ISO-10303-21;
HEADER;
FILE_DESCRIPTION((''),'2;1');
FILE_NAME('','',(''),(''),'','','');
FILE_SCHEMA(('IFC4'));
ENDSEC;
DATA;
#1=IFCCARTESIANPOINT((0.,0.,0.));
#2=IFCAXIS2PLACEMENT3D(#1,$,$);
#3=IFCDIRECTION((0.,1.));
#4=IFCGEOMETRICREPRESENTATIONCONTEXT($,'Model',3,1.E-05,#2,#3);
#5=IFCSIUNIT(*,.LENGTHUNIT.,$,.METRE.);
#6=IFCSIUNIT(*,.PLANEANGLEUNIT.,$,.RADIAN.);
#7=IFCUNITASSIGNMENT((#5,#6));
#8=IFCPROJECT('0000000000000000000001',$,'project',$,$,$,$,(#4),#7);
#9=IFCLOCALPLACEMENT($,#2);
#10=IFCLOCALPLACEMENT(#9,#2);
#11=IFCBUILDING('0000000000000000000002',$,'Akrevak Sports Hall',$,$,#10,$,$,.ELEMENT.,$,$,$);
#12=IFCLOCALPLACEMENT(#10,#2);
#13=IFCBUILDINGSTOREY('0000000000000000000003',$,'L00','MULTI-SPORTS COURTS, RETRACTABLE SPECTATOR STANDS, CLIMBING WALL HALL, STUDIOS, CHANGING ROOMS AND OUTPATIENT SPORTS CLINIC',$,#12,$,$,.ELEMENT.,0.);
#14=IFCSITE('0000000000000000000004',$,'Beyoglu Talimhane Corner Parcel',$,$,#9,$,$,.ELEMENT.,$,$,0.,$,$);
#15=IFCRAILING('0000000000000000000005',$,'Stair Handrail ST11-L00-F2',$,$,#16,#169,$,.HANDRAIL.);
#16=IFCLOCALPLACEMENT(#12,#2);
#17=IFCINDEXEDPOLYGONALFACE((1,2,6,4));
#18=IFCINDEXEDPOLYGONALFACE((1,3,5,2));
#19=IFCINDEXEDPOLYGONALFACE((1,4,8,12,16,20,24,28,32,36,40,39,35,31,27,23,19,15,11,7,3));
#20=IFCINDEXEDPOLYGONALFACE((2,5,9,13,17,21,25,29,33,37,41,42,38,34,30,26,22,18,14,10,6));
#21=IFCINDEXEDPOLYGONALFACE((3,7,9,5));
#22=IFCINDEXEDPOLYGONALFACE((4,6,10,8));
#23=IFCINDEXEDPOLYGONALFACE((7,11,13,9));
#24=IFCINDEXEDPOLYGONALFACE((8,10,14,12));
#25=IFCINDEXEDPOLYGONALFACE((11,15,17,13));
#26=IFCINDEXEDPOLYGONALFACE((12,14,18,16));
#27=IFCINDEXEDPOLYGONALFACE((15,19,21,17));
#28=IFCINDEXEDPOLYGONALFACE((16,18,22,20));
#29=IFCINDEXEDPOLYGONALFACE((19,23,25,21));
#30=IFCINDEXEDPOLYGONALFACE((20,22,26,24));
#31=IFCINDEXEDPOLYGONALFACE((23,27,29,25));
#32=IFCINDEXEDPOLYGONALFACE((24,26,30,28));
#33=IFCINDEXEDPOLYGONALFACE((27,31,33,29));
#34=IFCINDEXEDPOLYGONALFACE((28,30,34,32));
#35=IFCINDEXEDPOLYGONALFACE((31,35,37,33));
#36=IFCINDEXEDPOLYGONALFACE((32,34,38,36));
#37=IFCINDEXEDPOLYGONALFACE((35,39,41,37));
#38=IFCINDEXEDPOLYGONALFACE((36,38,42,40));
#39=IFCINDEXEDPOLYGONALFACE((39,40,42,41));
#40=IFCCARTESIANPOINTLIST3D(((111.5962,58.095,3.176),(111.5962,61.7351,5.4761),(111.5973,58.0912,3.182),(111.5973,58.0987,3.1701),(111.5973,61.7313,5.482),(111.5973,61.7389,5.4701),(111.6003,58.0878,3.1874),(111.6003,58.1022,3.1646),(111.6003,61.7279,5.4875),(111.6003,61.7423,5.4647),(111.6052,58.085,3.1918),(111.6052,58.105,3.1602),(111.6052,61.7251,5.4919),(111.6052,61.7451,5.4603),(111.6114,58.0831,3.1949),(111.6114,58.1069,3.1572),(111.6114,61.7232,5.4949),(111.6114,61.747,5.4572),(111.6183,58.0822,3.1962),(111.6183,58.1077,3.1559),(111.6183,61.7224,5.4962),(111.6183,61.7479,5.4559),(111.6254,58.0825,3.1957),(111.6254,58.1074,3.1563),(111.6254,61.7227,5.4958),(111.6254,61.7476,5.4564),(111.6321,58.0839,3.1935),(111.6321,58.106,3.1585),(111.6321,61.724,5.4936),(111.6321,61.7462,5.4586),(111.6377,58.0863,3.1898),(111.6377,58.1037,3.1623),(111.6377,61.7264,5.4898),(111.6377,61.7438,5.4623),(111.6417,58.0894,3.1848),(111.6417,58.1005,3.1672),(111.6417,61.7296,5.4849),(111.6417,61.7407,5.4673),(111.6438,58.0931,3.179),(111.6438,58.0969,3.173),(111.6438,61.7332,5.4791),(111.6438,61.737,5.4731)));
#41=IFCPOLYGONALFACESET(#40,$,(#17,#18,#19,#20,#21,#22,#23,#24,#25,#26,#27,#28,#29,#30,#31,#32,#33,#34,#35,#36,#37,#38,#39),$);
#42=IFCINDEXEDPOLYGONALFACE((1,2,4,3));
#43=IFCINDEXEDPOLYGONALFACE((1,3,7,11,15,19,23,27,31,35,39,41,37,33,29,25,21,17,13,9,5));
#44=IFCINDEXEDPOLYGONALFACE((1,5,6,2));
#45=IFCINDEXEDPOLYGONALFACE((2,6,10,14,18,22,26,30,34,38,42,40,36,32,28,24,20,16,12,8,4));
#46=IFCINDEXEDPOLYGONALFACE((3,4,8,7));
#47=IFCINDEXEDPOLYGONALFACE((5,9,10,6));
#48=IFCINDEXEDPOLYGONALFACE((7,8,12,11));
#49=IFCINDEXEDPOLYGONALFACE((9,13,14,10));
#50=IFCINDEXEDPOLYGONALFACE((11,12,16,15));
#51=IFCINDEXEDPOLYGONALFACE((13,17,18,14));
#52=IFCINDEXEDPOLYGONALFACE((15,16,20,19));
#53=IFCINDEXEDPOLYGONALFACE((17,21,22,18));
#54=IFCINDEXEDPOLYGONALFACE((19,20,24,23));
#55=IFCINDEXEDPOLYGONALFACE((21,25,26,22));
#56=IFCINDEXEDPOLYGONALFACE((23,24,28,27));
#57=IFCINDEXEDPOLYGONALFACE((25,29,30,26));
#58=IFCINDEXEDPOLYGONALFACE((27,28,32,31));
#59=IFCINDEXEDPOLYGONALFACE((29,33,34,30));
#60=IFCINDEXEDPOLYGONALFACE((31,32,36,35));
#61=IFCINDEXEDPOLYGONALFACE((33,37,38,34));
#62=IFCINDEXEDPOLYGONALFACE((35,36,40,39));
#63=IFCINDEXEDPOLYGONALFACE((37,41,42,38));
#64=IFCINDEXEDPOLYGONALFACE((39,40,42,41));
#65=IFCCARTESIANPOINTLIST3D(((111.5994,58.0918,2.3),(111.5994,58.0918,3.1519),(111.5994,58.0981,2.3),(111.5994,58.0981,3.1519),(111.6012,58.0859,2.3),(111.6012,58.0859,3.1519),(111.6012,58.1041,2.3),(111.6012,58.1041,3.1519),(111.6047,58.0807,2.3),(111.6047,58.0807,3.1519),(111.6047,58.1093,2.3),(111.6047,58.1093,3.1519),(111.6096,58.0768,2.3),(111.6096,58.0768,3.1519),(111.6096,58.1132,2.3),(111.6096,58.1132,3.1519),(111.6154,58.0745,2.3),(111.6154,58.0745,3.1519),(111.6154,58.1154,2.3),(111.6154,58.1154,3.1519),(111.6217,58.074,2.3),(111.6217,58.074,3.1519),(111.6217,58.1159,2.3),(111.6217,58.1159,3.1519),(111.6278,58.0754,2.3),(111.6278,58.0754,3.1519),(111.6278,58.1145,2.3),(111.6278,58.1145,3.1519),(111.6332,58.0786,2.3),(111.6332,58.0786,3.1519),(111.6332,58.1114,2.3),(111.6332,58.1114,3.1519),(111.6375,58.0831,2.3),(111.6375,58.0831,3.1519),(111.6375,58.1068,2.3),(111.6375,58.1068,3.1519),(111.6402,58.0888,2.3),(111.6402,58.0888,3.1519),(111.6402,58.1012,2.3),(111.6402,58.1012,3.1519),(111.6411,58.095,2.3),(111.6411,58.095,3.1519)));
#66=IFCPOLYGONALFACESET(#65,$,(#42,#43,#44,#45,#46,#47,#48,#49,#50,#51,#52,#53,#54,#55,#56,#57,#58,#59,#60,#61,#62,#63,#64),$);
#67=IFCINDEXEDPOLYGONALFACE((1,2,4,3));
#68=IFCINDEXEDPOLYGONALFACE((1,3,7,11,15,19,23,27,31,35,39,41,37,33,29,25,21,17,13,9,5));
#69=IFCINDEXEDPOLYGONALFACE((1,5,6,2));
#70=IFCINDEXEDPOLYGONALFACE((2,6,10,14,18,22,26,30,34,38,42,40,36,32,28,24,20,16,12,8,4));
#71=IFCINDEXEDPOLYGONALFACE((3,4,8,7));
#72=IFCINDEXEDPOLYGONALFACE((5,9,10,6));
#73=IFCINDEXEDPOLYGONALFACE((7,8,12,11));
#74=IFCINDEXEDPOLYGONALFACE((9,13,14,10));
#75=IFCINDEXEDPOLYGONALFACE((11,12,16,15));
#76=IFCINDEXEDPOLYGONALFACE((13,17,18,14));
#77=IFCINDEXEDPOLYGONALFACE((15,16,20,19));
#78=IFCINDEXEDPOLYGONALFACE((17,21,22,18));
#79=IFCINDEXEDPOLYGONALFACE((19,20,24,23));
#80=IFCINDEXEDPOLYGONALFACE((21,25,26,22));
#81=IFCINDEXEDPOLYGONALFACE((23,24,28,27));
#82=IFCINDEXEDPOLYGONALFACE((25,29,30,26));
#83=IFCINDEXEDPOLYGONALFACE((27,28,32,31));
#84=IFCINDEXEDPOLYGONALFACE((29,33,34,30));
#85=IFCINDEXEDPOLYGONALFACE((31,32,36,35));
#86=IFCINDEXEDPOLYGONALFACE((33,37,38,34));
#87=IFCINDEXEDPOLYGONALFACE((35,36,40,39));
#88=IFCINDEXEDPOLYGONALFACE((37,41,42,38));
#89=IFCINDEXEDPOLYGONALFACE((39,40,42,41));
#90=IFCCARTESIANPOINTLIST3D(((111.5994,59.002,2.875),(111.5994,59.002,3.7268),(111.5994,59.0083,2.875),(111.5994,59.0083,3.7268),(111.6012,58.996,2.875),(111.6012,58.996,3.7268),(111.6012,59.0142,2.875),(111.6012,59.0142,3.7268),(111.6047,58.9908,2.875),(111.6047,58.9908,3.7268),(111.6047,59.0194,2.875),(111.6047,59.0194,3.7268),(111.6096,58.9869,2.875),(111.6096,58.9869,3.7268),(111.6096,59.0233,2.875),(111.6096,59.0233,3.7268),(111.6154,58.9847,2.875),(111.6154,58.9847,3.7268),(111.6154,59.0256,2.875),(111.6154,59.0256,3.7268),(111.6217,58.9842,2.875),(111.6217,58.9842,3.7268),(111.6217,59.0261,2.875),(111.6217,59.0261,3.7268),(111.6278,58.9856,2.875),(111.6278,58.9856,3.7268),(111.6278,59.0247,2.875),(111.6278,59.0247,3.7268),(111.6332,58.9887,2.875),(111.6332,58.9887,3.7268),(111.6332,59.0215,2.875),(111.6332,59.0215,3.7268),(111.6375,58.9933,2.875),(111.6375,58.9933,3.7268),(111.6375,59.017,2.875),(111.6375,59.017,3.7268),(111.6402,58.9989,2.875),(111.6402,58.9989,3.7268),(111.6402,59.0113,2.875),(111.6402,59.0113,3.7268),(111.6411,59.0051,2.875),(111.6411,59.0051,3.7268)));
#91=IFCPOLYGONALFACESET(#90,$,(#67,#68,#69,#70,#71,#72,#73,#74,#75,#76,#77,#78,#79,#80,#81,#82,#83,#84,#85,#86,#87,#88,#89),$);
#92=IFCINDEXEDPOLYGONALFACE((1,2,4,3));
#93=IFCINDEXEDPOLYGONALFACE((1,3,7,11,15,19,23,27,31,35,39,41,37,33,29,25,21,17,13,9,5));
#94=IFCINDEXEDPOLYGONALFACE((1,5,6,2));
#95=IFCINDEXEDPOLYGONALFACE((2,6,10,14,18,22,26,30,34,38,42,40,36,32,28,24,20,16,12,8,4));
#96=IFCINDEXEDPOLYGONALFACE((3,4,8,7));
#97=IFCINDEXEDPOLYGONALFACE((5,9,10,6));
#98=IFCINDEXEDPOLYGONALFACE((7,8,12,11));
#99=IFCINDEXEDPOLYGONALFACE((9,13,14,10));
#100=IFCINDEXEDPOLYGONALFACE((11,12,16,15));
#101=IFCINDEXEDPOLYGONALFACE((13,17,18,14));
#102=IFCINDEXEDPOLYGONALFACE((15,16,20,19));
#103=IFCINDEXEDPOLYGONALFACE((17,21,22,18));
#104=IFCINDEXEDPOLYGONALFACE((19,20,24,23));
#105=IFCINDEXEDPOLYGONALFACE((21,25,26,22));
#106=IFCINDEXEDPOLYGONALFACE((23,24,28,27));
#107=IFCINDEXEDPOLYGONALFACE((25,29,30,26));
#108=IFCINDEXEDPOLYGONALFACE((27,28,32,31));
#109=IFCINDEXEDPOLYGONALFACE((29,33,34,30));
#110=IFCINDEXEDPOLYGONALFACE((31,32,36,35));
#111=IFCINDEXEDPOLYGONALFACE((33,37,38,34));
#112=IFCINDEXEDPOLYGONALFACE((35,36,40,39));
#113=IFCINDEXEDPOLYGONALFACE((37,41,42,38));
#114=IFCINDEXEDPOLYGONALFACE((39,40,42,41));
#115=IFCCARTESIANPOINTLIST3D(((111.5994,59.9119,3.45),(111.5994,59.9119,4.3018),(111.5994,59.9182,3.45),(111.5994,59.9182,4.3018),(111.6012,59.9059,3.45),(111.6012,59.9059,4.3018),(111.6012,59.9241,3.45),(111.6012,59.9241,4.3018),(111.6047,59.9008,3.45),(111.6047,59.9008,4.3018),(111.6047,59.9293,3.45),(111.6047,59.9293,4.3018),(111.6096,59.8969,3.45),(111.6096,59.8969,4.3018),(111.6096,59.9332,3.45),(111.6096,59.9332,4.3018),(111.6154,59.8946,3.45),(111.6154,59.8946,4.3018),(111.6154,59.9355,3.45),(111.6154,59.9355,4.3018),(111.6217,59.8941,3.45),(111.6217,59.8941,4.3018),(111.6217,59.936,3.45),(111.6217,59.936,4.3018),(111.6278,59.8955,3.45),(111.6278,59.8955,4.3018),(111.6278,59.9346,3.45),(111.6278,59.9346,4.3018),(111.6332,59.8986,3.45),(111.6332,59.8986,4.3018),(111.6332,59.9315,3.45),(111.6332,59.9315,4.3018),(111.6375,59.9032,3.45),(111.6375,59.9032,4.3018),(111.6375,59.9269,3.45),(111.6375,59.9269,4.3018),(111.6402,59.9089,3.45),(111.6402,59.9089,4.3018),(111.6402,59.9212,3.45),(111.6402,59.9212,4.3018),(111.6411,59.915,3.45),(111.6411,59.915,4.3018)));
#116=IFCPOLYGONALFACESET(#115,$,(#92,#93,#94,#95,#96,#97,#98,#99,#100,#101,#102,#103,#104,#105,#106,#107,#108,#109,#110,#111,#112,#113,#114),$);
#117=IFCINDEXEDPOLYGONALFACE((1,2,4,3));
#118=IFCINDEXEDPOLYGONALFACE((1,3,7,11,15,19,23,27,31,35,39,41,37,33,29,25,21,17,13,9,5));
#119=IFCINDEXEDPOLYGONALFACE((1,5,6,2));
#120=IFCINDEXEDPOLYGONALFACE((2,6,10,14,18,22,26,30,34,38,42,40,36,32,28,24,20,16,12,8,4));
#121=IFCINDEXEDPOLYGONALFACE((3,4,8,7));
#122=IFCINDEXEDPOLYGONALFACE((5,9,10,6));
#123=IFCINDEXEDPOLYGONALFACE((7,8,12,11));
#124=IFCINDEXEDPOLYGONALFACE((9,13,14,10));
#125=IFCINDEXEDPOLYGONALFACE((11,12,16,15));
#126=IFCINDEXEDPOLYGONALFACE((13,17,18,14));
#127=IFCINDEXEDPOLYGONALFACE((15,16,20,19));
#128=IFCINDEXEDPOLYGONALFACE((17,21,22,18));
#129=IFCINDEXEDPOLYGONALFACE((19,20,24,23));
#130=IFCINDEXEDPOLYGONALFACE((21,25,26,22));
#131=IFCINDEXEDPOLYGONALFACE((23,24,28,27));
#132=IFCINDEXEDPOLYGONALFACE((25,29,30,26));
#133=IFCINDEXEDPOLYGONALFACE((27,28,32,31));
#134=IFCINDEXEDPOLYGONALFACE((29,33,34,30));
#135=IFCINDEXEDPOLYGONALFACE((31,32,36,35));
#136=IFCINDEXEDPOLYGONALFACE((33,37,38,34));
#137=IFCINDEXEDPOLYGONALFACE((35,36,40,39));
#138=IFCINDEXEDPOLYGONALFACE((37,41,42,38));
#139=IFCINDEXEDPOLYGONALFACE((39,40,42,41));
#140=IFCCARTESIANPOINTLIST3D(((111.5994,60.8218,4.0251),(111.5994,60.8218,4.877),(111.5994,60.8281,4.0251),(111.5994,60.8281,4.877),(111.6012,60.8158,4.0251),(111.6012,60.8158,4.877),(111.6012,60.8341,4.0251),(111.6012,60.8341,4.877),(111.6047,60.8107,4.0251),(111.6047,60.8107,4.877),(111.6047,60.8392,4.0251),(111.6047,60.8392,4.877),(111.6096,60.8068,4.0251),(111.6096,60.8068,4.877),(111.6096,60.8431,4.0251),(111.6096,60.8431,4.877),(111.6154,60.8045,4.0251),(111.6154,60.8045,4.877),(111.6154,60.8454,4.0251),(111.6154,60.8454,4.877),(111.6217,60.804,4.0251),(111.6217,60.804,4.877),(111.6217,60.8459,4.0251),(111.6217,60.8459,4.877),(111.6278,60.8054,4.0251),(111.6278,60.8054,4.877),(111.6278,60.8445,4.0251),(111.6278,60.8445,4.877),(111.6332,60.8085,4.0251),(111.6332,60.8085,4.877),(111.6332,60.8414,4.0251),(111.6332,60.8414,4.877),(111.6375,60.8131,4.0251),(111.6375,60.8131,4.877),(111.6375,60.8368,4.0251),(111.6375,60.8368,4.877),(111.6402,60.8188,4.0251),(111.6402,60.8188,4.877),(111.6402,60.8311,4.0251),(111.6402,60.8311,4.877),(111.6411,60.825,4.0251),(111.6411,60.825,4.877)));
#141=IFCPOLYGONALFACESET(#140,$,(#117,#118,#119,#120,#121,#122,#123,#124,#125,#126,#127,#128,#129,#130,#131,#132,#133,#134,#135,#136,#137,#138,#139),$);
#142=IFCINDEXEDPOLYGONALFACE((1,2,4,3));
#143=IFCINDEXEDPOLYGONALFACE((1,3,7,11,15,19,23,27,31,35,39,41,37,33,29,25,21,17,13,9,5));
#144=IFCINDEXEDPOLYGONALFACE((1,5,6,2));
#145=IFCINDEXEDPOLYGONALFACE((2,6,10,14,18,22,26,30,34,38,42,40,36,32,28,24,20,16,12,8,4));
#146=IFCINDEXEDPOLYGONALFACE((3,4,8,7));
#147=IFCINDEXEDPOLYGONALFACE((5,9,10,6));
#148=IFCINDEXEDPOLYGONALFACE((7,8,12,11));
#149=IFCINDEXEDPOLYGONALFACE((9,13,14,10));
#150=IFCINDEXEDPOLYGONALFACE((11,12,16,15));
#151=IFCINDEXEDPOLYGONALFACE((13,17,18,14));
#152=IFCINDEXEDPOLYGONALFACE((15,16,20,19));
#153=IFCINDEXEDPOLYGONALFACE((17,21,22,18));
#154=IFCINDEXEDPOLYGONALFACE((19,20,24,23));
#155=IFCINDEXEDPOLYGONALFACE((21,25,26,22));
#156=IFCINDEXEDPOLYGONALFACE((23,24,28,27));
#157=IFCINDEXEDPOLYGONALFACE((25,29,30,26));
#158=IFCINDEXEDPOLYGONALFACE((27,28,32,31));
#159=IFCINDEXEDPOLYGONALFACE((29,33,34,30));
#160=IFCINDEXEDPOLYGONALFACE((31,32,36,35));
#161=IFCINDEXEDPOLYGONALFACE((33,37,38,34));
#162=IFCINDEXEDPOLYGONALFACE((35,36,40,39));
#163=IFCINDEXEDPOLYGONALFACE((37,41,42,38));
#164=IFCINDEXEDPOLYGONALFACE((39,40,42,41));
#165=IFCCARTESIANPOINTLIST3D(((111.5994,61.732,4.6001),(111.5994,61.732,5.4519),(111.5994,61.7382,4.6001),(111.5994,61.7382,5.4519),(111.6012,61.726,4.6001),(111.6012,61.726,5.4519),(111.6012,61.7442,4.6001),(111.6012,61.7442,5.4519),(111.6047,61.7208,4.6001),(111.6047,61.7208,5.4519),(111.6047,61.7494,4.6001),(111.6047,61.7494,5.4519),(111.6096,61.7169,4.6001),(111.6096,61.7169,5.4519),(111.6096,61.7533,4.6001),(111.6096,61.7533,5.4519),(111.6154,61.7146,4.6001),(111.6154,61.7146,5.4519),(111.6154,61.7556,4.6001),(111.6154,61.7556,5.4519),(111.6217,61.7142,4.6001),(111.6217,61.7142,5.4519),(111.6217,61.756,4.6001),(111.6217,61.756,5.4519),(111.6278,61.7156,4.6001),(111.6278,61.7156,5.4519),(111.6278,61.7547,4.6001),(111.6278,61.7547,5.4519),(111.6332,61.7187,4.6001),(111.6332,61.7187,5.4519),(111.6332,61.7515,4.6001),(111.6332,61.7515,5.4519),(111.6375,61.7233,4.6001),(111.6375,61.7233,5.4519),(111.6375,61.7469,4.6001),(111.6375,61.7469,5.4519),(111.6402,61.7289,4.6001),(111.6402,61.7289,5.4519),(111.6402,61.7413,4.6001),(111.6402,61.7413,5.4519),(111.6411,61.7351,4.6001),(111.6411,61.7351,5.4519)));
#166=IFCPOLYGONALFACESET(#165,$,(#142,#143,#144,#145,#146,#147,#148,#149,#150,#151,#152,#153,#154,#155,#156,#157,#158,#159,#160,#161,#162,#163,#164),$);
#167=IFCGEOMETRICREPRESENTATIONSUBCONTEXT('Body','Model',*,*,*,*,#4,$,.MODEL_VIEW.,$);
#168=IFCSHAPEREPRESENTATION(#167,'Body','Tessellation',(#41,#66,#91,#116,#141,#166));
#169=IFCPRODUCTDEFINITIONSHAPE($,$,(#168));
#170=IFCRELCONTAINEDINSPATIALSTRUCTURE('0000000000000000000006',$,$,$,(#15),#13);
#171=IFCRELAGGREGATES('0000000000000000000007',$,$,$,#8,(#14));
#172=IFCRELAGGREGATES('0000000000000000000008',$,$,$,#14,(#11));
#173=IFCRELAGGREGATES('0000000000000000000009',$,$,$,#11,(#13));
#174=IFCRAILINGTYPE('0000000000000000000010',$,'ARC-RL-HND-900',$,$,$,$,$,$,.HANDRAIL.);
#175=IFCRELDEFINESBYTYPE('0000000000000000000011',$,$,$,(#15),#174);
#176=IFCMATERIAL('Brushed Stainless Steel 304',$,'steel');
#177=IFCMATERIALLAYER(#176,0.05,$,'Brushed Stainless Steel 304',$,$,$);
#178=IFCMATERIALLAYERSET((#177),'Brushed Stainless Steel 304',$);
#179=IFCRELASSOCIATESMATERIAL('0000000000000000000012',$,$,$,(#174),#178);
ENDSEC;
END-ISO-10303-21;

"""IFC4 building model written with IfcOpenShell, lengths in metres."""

from ifc_helpers import new_model, si_unit, direction, frame, origin, origin_2d, place, context, subcontext, project, spatial, circle, extrude, material, layer, layer_set, type_object, element, save


model = new_model("IFC4")

# Units and contexts
model_context = context("Model", 3, precision=1e-05, world=origin(), true_north=direction((0.0, 1.0)))
body_context = subcontext(model_context, "Body", "Model", "MODEL_VIEW")
ifc_project = project(units=[si_unit("LENGTHUNIT", "METRE"), si_unit("PLANEANGLEUNIT", "RADIAN")], contexts=[model_context])

# Site, building, storey
site_placement = place(None, origin())
site = spatial("IfcSite", under=ifc_project, at=site_placement, Name="Beyoglu Talimhane Corner Parcel", CompositionType="ELEMENT", RefElevation=0.0)
building_placement = place(site_placement, origin())
building = spatial("IfcBuilding", under=site, at=building_placement, Name="Akrevak Sports Hall", CompositionType="ELEMENT")
storey_placement = place(building_placement, origin())
storey = spatial("IfcBuildingStorey", under=building, at=storey_placement, Name="L00", Description="MULTI-SPORTS COURTS, RETRACTABLE SPECTATOR STANDS, CLIMBING WALL HALL, STUDIOS, CHANGING ROOMS AND OUTPATIENT SPORTS CLINIC", CompositionType="ELEMENT", Elevation=0.0)

# Railing
ifc_material_1 = material(Name="Brushed Stainless Steel 304", Category="steel")
ifc_layer_1 = layer(ifc_material_1, 0.05, Name="Brushed Stainless Steel 304")
ifc_layer_set_1 = layer_set([ifc_layer_1], Name="Brushed Stainless Steel 304")
railing_type_1 = type_object("IfcRailingType", Name="ARC-RL-HND-900", PredefinedType="HANDRAIL", material=ifc_layer_set_1)
railing_1_placement = place(storey_placement, frame((111.6201, 58.095, 2.3)))
element("IfcRailing", 1, at=railing_1_placement, inside=storey, type_object=railing_type_1, Name="Stair Handrail ST11-L00-F2", PredefinedType="HANDRAIL", context=body_context, shape_type="SweptSolid", body=[
    extrude(circle(Radius=0.0239, at=origin_2d()), frame((0.0, 0.0, 0.876), z_axis=(0.0, 0.845382, 0.534162), x_axis=(-1.0, 0.0, 0.0)), (0.0, 0.0, 1.0), 4.3059),
    extrude(circle(Radius=0.021, at=origin_2d()), origin(), (0.0, 0.0, 1.0), 0.8518),
    extrude(circle(Radius=0.021, at=origin_2d()), frame((0.0, 0.9102, 0.575)), (0.0, 0.0, 1.0), 0.8518),
    extrude(circle(Radius=0.021, at=origin_2d()), frame((0.0, 1.8201, 1.1499)), (0.0, 0.0, 1.0), 0.8518),
    extrude(circle(Radius=0.021, at=origin_2d()), frame((0.0, 2.73, 1.7251)), (0.0, 0.0, 1.0), 0.8518),
    extrude(circle(Radius=0.021, at=origin_2d()), frame((0.0, 3.6401, 2.3)), (0.0, 0.0, 1.0), 0.8518),
])

save(model, "model.ifc")
